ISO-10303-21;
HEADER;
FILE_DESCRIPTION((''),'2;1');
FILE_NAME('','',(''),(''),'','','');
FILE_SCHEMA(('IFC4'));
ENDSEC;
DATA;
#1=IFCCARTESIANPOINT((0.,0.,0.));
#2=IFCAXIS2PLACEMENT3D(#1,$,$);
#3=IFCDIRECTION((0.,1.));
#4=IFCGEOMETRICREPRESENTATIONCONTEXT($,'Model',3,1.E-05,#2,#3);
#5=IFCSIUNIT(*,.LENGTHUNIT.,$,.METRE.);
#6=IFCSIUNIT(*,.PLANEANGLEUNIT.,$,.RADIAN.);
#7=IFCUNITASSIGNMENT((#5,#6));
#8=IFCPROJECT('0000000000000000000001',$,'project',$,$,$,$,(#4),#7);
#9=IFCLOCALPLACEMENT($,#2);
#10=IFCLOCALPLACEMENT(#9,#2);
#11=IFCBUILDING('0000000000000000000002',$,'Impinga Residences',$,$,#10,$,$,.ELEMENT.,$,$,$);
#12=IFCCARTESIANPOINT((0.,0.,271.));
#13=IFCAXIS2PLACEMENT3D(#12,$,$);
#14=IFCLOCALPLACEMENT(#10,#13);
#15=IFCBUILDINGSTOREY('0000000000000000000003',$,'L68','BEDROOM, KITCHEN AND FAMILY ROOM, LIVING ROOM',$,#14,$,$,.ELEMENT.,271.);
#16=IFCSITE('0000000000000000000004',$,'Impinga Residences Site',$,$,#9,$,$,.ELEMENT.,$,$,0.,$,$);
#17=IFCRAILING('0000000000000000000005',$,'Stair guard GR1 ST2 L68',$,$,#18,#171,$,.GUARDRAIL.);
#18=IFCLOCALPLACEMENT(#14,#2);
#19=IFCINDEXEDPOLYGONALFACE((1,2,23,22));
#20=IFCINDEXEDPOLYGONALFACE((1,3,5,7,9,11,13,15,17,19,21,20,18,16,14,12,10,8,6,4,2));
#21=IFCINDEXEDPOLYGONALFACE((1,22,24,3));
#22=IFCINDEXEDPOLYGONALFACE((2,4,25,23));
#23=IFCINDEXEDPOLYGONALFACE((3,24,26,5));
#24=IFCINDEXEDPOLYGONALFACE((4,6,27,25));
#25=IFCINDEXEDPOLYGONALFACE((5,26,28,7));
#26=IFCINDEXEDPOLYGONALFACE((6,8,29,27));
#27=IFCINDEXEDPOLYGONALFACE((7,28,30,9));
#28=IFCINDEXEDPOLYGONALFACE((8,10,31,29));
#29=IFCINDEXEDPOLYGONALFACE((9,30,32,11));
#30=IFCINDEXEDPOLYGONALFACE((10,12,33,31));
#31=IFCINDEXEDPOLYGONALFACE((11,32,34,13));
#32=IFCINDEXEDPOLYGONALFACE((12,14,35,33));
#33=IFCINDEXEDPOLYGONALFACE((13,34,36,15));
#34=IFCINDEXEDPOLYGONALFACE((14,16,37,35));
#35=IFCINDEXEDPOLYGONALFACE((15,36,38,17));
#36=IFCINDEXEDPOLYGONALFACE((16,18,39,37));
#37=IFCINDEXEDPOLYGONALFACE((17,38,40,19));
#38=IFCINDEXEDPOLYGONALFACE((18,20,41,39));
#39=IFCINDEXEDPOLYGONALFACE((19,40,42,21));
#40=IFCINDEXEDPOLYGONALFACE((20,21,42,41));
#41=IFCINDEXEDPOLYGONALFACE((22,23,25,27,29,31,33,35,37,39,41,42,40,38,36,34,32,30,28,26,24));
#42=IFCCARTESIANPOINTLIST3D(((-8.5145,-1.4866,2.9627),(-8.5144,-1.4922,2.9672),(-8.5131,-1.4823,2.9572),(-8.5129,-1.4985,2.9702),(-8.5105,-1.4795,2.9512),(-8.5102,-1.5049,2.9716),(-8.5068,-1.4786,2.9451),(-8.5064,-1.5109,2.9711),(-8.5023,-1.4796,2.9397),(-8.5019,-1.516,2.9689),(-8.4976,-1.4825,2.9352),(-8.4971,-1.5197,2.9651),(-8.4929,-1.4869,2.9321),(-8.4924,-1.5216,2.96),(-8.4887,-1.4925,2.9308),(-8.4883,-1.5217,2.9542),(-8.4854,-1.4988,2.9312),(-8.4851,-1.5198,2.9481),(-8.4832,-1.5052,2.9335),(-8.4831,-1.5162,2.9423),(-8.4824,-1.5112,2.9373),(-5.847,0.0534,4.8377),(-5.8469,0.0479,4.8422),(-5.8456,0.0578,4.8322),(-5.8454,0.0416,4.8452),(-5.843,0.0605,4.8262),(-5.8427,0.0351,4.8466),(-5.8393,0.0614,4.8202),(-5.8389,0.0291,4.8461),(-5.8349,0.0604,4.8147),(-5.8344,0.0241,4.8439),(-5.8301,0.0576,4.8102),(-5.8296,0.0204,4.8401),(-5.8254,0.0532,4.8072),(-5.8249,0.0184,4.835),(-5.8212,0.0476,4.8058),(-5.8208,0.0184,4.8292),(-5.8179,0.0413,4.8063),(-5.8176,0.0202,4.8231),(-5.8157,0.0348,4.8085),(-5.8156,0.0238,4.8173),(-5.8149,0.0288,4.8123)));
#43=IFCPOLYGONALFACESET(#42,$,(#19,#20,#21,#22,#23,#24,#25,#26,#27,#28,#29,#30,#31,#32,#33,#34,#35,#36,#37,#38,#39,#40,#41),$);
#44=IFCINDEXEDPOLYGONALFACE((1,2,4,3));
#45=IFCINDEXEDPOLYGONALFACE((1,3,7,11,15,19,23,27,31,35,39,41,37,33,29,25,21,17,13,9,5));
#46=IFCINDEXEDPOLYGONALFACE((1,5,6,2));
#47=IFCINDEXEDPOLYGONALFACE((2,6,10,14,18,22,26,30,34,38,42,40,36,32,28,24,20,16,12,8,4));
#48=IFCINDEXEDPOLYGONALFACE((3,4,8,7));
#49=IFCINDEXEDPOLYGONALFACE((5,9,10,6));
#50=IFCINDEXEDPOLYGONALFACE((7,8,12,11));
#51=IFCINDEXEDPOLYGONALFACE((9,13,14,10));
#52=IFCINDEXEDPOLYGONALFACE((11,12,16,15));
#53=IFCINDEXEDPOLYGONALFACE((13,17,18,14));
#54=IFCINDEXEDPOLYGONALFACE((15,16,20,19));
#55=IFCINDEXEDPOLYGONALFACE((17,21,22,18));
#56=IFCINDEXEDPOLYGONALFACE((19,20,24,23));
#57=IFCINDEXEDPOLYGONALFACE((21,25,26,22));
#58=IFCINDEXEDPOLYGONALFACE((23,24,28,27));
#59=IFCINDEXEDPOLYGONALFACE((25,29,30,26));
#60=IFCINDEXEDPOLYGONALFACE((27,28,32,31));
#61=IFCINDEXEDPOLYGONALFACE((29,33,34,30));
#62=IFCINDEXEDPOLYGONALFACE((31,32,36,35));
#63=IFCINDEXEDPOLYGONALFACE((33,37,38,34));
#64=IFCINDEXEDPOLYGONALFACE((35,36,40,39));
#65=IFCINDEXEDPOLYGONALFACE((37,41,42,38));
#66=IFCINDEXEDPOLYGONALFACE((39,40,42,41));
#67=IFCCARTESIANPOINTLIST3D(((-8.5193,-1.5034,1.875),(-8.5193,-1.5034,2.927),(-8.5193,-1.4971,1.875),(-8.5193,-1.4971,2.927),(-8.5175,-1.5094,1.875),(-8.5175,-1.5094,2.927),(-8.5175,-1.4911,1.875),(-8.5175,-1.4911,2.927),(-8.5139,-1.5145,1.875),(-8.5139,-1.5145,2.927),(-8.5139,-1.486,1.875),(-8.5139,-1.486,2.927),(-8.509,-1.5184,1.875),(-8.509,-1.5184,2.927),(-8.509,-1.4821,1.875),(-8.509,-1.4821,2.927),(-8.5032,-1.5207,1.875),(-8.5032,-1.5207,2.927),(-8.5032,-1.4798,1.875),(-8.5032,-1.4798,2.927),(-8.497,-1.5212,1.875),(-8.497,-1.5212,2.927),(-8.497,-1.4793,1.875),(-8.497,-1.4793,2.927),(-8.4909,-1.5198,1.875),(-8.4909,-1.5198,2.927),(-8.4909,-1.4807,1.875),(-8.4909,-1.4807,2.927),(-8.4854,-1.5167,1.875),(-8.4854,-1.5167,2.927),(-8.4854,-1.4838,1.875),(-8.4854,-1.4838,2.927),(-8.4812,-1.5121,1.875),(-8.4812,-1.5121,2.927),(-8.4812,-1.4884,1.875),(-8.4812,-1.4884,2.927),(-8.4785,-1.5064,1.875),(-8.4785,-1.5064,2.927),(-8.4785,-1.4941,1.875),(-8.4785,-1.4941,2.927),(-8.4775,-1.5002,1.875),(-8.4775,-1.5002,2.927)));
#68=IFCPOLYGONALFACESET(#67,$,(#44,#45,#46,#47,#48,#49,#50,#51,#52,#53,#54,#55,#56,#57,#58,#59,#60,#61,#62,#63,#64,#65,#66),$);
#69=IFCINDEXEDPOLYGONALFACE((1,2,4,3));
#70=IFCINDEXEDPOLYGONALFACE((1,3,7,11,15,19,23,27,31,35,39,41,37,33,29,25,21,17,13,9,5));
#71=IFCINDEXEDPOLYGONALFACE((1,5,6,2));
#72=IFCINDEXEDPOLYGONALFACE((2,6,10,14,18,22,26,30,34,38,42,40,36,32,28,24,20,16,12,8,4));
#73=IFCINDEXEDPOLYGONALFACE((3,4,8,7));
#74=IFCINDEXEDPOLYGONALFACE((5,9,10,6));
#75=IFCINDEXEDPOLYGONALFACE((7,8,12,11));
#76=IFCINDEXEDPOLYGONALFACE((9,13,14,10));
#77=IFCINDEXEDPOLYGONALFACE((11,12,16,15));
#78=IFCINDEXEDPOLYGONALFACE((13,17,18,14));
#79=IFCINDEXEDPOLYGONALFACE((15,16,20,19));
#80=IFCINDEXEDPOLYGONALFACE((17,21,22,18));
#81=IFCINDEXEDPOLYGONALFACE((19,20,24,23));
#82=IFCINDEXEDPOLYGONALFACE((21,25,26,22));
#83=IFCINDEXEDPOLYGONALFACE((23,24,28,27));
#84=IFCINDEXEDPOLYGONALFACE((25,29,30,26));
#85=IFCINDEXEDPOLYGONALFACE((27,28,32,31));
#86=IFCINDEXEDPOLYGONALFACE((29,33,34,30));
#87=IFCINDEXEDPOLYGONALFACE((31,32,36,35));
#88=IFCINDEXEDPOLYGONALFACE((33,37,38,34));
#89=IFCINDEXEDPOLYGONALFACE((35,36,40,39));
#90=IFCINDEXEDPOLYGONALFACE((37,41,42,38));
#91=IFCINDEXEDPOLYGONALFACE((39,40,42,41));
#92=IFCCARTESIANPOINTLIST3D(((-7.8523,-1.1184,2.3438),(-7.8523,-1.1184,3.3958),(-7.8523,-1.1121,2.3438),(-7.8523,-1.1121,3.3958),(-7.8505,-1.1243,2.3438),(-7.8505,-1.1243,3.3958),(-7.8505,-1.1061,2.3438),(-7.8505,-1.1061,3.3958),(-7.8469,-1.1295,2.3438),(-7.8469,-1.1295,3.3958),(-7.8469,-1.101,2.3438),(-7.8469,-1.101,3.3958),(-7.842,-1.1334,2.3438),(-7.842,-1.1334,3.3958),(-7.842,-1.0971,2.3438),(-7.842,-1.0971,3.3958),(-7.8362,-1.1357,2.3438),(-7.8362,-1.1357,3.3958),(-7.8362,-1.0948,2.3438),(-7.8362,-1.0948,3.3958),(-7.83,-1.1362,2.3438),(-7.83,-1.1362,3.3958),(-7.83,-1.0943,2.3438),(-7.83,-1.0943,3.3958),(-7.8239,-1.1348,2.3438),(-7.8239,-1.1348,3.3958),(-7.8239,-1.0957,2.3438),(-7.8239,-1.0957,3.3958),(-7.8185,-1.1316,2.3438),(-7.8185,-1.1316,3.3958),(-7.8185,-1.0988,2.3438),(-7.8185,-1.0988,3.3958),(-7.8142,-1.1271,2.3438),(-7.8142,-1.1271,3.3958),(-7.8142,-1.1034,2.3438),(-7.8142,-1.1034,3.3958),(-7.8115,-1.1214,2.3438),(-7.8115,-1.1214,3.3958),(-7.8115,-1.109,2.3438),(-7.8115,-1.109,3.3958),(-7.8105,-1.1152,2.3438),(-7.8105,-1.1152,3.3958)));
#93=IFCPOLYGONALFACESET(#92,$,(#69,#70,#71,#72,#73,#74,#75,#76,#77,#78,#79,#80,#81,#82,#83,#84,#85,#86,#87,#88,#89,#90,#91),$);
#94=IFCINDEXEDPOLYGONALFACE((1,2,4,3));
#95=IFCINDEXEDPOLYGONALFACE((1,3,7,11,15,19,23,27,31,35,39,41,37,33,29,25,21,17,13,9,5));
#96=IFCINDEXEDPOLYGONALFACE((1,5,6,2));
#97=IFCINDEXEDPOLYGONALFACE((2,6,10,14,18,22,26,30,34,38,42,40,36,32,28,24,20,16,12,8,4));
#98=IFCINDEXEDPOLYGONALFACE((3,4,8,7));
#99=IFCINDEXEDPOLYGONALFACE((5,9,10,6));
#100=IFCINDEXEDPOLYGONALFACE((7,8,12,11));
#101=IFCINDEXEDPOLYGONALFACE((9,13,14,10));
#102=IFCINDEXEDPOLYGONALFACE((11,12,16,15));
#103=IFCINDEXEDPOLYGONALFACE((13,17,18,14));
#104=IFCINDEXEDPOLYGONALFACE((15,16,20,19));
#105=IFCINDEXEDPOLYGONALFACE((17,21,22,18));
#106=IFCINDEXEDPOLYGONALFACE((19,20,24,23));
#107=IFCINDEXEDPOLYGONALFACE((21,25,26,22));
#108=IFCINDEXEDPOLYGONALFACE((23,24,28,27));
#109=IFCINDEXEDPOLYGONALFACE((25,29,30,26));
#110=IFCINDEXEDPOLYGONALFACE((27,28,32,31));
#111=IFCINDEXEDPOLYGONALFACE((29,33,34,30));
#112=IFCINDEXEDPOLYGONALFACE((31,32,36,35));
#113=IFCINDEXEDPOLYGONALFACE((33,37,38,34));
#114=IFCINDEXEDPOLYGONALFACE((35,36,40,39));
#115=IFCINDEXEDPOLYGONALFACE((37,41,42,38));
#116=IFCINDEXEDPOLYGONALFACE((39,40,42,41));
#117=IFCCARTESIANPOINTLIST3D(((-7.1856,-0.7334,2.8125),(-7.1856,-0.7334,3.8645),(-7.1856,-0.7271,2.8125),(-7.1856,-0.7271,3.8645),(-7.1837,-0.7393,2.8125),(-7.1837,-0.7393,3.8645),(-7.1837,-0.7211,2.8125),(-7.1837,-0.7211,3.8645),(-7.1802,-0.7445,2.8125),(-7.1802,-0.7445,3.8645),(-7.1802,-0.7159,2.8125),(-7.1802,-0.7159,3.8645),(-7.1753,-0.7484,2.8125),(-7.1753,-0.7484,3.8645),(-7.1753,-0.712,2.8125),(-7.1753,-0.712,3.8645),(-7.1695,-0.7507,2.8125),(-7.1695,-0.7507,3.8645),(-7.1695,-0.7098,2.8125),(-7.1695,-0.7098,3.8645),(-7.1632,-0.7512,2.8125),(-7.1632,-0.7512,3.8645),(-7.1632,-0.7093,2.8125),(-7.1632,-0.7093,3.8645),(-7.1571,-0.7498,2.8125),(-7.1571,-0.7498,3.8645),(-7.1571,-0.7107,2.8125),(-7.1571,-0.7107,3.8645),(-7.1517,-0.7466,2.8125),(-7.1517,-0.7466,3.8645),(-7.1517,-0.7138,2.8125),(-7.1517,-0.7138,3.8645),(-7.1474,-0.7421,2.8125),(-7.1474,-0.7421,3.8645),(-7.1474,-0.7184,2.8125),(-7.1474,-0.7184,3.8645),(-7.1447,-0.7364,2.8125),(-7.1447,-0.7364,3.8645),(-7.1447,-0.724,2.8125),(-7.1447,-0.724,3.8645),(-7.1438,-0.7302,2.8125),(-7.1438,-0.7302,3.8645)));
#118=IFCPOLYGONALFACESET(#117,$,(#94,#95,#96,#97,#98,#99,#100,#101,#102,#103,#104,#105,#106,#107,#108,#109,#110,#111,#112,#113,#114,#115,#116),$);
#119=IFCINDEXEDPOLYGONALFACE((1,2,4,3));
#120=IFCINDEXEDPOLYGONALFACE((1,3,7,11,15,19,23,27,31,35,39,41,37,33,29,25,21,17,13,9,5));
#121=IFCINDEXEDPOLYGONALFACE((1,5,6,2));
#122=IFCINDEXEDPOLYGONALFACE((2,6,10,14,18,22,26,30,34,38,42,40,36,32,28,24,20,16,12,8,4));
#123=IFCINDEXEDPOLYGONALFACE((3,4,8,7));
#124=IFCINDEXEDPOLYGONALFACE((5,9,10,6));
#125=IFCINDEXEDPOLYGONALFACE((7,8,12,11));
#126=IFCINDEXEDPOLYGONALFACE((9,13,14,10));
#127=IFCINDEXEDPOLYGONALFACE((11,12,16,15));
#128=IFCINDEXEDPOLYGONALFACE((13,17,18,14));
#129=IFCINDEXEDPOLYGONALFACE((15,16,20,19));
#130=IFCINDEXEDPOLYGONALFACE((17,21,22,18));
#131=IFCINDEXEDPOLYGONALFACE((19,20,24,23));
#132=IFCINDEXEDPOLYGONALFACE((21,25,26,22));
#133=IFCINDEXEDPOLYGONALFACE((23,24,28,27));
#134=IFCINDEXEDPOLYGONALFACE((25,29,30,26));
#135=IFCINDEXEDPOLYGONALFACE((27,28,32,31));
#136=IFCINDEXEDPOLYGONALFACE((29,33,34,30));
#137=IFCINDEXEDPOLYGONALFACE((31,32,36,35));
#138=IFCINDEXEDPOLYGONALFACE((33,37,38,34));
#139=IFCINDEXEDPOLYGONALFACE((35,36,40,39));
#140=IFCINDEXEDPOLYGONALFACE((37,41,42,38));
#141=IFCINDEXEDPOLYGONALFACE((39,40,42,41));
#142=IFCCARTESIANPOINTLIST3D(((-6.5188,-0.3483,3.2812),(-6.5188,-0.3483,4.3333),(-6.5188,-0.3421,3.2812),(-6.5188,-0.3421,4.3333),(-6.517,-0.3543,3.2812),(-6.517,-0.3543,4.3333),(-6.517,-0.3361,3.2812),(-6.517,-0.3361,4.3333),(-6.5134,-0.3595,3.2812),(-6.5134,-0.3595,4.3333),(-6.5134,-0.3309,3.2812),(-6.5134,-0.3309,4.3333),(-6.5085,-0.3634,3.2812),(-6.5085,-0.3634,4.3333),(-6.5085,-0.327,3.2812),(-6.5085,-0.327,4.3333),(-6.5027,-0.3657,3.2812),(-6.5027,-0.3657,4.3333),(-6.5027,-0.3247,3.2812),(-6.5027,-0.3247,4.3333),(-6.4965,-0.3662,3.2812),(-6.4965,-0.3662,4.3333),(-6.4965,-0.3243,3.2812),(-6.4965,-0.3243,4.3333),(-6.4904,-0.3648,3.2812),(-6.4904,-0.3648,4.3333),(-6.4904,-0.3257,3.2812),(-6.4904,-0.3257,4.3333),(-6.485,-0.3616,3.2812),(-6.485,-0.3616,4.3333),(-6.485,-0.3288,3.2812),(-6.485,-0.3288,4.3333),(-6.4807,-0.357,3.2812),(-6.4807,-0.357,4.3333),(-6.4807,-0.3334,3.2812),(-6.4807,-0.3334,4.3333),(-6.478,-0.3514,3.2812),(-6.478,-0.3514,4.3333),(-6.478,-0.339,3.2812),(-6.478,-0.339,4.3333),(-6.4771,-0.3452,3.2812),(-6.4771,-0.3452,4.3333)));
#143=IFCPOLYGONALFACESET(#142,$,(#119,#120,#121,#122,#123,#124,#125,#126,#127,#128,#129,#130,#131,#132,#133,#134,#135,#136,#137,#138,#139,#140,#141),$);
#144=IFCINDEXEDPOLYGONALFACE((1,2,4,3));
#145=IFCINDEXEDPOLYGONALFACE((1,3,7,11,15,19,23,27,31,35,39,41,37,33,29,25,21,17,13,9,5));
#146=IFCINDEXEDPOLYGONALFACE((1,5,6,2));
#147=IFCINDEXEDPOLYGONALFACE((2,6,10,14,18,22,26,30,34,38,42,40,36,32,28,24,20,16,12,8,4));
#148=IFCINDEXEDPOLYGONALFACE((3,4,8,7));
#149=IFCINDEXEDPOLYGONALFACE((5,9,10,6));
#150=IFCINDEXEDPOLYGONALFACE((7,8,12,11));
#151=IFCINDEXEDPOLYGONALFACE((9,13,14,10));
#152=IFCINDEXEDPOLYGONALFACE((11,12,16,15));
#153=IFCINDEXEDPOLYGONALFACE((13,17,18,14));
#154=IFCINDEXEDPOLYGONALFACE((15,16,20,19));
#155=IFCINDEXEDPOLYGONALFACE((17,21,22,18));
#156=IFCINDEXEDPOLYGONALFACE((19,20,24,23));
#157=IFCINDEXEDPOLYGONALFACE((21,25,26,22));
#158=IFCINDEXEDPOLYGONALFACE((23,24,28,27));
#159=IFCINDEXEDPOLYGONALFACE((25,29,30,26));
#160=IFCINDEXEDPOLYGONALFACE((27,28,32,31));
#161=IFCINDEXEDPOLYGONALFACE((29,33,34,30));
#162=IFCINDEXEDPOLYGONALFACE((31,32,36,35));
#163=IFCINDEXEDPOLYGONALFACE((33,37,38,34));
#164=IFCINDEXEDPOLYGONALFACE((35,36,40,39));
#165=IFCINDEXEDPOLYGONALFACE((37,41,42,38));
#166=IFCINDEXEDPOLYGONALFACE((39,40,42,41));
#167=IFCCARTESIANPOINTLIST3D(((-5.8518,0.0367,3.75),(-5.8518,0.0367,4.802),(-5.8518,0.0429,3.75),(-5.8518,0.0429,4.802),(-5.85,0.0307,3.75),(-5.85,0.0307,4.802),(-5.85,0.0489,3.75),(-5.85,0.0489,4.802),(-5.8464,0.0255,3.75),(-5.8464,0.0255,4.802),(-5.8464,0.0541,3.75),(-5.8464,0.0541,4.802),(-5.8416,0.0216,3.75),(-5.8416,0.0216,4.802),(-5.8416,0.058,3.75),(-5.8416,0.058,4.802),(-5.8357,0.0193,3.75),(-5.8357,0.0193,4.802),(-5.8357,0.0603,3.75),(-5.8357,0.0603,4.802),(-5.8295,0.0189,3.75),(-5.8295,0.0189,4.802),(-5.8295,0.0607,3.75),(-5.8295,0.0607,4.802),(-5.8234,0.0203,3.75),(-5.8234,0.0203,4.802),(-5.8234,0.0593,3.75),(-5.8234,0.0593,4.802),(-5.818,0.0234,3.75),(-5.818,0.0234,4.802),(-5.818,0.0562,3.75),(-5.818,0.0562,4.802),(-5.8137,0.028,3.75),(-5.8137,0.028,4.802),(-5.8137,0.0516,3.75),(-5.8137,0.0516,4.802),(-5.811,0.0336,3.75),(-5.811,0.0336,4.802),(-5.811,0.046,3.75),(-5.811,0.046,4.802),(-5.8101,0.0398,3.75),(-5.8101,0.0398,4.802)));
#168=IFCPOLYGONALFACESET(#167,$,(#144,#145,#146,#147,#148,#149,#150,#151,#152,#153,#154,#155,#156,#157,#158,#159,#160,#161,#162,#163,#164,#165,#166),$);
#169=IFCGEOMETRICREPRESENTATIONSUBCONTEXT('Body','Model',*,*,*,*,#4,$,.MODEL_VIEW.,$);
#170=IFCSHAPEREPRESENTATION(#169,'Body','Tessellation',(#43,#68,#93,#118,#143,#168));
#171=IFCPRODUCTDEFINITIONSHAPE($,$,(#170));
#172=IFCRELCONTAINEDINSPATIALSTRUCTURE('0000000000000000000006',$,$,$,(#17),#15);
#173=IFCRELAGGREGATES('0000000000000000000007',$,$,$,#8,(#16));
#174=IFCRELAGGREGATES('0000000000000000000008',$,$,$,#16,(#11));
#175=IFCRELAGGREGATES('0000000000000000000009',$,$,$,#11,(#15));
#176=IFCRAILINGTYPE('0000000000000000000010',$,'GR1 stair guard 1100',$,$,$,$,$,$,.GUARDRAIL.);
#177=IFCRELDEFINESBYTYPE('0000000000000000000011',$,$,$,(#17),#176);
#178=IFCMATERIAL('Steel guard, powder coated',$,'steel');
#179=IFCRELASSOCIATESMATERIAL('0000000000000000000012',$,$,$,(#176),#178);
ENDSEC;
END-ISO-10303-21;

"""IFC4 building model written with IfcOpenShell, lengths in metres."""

from ifc_helpers import new_model, si_unit, direction, frame, origin, origin_2d, place, context, subcontext, project, spatial, circle, extrude, material, type_object, element, save


model = new_model("IFC4")

# Units and contexts
model_context = context("Model", 3, precision=1e-05, world=origin(), true_north=direction((0.0, 1.0)))
body_context = subcontext(model_context, "Body", "Model", "MODEL_VIEW")
ifc_project = project(units=[si_unit("LENGTHUNIT", "METRE"), si_unit("PLANEANGLEUNIT", "RADIAN")], contexts=[model_context])

# Site, building, storey
site_placement = place(None, origin())
site = spatial("IfcSite", under=ifc_project, at=site_placement, Name="Impinga Residences Site", CompositionType="ELEMENT", RefElevation=0.0)
building_placement = place(site_placement, origin())
building = spatial("IfcBuilding", under=site, at=building_placement, Name="Impinga Residences", CompositionType="ELEMENT")
storey_placement = place(building_placement, frame((0.0, 0.0, 271.0)))
storey = spatial("IfcBuildingStorey", under=building, at=storey_placement, Name="L68", Description="BEDROOM, KITCHEN AND FAMILY ROOM, LIVING ROOM", CompositionType="ELEMENT", Elevation=271.0)

# Railing
ifc_material_1 = material(Name="Steel guard, powder coated", Category="steel")
railing_type_1 = type_object("IfcRailingType", Name="GR1 stair guard 1100", PredefinedType="GUARDRAIL", material=ifc_material_1)
railing_1_placement = place(storey_placement, frame((-8.4985, -1.5002, 1.875)))
element("IfcRailing", 1, at=railing_1_placement, inside=storey, type_object=railing_type_1, Name="Stair guard GR1 ST2 L68", PredefinedType="GUARDRAIL", context=body_context, shape_type="SweptSolid", body=[
    extrude(circle(Radius=0.0239, at=origin_2d()), frame((0.0, 0.0, 1.0762), z_axis=(0.739746, 0.427084, 0.519975), x_axis=(-0.499992, 0.86603, 0.0)), (0.0, 0.0, 1.0), 3.606),
    extrude(circle(Radius=0.021, at=origin_2d()), origin(), (0.0, 0.0, 1.0), 1.052),
    extrude(circle(Radius=0.021, at=origin_2d()), frame((0.667, 0.385, 0.4688)), (0.0, 0.0, 1.0), 1.052),
    extrude(circle(Radius=0.021, at=origin_2d()), frame((1.3337, 0.77, 0.9375)), (0.0, 0.0, 1.0), 1.052),
    extrude(circle(Radius=0.021, at=origin_2d()), frame((2.0005, 1.155, 1.4062)), (0.0, 0.0, 1.0), 1.052),
    extrude(circle(Radius=0.021, at=origin_2d()), frame((2.6675, 1.54, 1.875)), (0.0, 0.0, 1.0), 1.052),
])

save(model, "model.ifc")
